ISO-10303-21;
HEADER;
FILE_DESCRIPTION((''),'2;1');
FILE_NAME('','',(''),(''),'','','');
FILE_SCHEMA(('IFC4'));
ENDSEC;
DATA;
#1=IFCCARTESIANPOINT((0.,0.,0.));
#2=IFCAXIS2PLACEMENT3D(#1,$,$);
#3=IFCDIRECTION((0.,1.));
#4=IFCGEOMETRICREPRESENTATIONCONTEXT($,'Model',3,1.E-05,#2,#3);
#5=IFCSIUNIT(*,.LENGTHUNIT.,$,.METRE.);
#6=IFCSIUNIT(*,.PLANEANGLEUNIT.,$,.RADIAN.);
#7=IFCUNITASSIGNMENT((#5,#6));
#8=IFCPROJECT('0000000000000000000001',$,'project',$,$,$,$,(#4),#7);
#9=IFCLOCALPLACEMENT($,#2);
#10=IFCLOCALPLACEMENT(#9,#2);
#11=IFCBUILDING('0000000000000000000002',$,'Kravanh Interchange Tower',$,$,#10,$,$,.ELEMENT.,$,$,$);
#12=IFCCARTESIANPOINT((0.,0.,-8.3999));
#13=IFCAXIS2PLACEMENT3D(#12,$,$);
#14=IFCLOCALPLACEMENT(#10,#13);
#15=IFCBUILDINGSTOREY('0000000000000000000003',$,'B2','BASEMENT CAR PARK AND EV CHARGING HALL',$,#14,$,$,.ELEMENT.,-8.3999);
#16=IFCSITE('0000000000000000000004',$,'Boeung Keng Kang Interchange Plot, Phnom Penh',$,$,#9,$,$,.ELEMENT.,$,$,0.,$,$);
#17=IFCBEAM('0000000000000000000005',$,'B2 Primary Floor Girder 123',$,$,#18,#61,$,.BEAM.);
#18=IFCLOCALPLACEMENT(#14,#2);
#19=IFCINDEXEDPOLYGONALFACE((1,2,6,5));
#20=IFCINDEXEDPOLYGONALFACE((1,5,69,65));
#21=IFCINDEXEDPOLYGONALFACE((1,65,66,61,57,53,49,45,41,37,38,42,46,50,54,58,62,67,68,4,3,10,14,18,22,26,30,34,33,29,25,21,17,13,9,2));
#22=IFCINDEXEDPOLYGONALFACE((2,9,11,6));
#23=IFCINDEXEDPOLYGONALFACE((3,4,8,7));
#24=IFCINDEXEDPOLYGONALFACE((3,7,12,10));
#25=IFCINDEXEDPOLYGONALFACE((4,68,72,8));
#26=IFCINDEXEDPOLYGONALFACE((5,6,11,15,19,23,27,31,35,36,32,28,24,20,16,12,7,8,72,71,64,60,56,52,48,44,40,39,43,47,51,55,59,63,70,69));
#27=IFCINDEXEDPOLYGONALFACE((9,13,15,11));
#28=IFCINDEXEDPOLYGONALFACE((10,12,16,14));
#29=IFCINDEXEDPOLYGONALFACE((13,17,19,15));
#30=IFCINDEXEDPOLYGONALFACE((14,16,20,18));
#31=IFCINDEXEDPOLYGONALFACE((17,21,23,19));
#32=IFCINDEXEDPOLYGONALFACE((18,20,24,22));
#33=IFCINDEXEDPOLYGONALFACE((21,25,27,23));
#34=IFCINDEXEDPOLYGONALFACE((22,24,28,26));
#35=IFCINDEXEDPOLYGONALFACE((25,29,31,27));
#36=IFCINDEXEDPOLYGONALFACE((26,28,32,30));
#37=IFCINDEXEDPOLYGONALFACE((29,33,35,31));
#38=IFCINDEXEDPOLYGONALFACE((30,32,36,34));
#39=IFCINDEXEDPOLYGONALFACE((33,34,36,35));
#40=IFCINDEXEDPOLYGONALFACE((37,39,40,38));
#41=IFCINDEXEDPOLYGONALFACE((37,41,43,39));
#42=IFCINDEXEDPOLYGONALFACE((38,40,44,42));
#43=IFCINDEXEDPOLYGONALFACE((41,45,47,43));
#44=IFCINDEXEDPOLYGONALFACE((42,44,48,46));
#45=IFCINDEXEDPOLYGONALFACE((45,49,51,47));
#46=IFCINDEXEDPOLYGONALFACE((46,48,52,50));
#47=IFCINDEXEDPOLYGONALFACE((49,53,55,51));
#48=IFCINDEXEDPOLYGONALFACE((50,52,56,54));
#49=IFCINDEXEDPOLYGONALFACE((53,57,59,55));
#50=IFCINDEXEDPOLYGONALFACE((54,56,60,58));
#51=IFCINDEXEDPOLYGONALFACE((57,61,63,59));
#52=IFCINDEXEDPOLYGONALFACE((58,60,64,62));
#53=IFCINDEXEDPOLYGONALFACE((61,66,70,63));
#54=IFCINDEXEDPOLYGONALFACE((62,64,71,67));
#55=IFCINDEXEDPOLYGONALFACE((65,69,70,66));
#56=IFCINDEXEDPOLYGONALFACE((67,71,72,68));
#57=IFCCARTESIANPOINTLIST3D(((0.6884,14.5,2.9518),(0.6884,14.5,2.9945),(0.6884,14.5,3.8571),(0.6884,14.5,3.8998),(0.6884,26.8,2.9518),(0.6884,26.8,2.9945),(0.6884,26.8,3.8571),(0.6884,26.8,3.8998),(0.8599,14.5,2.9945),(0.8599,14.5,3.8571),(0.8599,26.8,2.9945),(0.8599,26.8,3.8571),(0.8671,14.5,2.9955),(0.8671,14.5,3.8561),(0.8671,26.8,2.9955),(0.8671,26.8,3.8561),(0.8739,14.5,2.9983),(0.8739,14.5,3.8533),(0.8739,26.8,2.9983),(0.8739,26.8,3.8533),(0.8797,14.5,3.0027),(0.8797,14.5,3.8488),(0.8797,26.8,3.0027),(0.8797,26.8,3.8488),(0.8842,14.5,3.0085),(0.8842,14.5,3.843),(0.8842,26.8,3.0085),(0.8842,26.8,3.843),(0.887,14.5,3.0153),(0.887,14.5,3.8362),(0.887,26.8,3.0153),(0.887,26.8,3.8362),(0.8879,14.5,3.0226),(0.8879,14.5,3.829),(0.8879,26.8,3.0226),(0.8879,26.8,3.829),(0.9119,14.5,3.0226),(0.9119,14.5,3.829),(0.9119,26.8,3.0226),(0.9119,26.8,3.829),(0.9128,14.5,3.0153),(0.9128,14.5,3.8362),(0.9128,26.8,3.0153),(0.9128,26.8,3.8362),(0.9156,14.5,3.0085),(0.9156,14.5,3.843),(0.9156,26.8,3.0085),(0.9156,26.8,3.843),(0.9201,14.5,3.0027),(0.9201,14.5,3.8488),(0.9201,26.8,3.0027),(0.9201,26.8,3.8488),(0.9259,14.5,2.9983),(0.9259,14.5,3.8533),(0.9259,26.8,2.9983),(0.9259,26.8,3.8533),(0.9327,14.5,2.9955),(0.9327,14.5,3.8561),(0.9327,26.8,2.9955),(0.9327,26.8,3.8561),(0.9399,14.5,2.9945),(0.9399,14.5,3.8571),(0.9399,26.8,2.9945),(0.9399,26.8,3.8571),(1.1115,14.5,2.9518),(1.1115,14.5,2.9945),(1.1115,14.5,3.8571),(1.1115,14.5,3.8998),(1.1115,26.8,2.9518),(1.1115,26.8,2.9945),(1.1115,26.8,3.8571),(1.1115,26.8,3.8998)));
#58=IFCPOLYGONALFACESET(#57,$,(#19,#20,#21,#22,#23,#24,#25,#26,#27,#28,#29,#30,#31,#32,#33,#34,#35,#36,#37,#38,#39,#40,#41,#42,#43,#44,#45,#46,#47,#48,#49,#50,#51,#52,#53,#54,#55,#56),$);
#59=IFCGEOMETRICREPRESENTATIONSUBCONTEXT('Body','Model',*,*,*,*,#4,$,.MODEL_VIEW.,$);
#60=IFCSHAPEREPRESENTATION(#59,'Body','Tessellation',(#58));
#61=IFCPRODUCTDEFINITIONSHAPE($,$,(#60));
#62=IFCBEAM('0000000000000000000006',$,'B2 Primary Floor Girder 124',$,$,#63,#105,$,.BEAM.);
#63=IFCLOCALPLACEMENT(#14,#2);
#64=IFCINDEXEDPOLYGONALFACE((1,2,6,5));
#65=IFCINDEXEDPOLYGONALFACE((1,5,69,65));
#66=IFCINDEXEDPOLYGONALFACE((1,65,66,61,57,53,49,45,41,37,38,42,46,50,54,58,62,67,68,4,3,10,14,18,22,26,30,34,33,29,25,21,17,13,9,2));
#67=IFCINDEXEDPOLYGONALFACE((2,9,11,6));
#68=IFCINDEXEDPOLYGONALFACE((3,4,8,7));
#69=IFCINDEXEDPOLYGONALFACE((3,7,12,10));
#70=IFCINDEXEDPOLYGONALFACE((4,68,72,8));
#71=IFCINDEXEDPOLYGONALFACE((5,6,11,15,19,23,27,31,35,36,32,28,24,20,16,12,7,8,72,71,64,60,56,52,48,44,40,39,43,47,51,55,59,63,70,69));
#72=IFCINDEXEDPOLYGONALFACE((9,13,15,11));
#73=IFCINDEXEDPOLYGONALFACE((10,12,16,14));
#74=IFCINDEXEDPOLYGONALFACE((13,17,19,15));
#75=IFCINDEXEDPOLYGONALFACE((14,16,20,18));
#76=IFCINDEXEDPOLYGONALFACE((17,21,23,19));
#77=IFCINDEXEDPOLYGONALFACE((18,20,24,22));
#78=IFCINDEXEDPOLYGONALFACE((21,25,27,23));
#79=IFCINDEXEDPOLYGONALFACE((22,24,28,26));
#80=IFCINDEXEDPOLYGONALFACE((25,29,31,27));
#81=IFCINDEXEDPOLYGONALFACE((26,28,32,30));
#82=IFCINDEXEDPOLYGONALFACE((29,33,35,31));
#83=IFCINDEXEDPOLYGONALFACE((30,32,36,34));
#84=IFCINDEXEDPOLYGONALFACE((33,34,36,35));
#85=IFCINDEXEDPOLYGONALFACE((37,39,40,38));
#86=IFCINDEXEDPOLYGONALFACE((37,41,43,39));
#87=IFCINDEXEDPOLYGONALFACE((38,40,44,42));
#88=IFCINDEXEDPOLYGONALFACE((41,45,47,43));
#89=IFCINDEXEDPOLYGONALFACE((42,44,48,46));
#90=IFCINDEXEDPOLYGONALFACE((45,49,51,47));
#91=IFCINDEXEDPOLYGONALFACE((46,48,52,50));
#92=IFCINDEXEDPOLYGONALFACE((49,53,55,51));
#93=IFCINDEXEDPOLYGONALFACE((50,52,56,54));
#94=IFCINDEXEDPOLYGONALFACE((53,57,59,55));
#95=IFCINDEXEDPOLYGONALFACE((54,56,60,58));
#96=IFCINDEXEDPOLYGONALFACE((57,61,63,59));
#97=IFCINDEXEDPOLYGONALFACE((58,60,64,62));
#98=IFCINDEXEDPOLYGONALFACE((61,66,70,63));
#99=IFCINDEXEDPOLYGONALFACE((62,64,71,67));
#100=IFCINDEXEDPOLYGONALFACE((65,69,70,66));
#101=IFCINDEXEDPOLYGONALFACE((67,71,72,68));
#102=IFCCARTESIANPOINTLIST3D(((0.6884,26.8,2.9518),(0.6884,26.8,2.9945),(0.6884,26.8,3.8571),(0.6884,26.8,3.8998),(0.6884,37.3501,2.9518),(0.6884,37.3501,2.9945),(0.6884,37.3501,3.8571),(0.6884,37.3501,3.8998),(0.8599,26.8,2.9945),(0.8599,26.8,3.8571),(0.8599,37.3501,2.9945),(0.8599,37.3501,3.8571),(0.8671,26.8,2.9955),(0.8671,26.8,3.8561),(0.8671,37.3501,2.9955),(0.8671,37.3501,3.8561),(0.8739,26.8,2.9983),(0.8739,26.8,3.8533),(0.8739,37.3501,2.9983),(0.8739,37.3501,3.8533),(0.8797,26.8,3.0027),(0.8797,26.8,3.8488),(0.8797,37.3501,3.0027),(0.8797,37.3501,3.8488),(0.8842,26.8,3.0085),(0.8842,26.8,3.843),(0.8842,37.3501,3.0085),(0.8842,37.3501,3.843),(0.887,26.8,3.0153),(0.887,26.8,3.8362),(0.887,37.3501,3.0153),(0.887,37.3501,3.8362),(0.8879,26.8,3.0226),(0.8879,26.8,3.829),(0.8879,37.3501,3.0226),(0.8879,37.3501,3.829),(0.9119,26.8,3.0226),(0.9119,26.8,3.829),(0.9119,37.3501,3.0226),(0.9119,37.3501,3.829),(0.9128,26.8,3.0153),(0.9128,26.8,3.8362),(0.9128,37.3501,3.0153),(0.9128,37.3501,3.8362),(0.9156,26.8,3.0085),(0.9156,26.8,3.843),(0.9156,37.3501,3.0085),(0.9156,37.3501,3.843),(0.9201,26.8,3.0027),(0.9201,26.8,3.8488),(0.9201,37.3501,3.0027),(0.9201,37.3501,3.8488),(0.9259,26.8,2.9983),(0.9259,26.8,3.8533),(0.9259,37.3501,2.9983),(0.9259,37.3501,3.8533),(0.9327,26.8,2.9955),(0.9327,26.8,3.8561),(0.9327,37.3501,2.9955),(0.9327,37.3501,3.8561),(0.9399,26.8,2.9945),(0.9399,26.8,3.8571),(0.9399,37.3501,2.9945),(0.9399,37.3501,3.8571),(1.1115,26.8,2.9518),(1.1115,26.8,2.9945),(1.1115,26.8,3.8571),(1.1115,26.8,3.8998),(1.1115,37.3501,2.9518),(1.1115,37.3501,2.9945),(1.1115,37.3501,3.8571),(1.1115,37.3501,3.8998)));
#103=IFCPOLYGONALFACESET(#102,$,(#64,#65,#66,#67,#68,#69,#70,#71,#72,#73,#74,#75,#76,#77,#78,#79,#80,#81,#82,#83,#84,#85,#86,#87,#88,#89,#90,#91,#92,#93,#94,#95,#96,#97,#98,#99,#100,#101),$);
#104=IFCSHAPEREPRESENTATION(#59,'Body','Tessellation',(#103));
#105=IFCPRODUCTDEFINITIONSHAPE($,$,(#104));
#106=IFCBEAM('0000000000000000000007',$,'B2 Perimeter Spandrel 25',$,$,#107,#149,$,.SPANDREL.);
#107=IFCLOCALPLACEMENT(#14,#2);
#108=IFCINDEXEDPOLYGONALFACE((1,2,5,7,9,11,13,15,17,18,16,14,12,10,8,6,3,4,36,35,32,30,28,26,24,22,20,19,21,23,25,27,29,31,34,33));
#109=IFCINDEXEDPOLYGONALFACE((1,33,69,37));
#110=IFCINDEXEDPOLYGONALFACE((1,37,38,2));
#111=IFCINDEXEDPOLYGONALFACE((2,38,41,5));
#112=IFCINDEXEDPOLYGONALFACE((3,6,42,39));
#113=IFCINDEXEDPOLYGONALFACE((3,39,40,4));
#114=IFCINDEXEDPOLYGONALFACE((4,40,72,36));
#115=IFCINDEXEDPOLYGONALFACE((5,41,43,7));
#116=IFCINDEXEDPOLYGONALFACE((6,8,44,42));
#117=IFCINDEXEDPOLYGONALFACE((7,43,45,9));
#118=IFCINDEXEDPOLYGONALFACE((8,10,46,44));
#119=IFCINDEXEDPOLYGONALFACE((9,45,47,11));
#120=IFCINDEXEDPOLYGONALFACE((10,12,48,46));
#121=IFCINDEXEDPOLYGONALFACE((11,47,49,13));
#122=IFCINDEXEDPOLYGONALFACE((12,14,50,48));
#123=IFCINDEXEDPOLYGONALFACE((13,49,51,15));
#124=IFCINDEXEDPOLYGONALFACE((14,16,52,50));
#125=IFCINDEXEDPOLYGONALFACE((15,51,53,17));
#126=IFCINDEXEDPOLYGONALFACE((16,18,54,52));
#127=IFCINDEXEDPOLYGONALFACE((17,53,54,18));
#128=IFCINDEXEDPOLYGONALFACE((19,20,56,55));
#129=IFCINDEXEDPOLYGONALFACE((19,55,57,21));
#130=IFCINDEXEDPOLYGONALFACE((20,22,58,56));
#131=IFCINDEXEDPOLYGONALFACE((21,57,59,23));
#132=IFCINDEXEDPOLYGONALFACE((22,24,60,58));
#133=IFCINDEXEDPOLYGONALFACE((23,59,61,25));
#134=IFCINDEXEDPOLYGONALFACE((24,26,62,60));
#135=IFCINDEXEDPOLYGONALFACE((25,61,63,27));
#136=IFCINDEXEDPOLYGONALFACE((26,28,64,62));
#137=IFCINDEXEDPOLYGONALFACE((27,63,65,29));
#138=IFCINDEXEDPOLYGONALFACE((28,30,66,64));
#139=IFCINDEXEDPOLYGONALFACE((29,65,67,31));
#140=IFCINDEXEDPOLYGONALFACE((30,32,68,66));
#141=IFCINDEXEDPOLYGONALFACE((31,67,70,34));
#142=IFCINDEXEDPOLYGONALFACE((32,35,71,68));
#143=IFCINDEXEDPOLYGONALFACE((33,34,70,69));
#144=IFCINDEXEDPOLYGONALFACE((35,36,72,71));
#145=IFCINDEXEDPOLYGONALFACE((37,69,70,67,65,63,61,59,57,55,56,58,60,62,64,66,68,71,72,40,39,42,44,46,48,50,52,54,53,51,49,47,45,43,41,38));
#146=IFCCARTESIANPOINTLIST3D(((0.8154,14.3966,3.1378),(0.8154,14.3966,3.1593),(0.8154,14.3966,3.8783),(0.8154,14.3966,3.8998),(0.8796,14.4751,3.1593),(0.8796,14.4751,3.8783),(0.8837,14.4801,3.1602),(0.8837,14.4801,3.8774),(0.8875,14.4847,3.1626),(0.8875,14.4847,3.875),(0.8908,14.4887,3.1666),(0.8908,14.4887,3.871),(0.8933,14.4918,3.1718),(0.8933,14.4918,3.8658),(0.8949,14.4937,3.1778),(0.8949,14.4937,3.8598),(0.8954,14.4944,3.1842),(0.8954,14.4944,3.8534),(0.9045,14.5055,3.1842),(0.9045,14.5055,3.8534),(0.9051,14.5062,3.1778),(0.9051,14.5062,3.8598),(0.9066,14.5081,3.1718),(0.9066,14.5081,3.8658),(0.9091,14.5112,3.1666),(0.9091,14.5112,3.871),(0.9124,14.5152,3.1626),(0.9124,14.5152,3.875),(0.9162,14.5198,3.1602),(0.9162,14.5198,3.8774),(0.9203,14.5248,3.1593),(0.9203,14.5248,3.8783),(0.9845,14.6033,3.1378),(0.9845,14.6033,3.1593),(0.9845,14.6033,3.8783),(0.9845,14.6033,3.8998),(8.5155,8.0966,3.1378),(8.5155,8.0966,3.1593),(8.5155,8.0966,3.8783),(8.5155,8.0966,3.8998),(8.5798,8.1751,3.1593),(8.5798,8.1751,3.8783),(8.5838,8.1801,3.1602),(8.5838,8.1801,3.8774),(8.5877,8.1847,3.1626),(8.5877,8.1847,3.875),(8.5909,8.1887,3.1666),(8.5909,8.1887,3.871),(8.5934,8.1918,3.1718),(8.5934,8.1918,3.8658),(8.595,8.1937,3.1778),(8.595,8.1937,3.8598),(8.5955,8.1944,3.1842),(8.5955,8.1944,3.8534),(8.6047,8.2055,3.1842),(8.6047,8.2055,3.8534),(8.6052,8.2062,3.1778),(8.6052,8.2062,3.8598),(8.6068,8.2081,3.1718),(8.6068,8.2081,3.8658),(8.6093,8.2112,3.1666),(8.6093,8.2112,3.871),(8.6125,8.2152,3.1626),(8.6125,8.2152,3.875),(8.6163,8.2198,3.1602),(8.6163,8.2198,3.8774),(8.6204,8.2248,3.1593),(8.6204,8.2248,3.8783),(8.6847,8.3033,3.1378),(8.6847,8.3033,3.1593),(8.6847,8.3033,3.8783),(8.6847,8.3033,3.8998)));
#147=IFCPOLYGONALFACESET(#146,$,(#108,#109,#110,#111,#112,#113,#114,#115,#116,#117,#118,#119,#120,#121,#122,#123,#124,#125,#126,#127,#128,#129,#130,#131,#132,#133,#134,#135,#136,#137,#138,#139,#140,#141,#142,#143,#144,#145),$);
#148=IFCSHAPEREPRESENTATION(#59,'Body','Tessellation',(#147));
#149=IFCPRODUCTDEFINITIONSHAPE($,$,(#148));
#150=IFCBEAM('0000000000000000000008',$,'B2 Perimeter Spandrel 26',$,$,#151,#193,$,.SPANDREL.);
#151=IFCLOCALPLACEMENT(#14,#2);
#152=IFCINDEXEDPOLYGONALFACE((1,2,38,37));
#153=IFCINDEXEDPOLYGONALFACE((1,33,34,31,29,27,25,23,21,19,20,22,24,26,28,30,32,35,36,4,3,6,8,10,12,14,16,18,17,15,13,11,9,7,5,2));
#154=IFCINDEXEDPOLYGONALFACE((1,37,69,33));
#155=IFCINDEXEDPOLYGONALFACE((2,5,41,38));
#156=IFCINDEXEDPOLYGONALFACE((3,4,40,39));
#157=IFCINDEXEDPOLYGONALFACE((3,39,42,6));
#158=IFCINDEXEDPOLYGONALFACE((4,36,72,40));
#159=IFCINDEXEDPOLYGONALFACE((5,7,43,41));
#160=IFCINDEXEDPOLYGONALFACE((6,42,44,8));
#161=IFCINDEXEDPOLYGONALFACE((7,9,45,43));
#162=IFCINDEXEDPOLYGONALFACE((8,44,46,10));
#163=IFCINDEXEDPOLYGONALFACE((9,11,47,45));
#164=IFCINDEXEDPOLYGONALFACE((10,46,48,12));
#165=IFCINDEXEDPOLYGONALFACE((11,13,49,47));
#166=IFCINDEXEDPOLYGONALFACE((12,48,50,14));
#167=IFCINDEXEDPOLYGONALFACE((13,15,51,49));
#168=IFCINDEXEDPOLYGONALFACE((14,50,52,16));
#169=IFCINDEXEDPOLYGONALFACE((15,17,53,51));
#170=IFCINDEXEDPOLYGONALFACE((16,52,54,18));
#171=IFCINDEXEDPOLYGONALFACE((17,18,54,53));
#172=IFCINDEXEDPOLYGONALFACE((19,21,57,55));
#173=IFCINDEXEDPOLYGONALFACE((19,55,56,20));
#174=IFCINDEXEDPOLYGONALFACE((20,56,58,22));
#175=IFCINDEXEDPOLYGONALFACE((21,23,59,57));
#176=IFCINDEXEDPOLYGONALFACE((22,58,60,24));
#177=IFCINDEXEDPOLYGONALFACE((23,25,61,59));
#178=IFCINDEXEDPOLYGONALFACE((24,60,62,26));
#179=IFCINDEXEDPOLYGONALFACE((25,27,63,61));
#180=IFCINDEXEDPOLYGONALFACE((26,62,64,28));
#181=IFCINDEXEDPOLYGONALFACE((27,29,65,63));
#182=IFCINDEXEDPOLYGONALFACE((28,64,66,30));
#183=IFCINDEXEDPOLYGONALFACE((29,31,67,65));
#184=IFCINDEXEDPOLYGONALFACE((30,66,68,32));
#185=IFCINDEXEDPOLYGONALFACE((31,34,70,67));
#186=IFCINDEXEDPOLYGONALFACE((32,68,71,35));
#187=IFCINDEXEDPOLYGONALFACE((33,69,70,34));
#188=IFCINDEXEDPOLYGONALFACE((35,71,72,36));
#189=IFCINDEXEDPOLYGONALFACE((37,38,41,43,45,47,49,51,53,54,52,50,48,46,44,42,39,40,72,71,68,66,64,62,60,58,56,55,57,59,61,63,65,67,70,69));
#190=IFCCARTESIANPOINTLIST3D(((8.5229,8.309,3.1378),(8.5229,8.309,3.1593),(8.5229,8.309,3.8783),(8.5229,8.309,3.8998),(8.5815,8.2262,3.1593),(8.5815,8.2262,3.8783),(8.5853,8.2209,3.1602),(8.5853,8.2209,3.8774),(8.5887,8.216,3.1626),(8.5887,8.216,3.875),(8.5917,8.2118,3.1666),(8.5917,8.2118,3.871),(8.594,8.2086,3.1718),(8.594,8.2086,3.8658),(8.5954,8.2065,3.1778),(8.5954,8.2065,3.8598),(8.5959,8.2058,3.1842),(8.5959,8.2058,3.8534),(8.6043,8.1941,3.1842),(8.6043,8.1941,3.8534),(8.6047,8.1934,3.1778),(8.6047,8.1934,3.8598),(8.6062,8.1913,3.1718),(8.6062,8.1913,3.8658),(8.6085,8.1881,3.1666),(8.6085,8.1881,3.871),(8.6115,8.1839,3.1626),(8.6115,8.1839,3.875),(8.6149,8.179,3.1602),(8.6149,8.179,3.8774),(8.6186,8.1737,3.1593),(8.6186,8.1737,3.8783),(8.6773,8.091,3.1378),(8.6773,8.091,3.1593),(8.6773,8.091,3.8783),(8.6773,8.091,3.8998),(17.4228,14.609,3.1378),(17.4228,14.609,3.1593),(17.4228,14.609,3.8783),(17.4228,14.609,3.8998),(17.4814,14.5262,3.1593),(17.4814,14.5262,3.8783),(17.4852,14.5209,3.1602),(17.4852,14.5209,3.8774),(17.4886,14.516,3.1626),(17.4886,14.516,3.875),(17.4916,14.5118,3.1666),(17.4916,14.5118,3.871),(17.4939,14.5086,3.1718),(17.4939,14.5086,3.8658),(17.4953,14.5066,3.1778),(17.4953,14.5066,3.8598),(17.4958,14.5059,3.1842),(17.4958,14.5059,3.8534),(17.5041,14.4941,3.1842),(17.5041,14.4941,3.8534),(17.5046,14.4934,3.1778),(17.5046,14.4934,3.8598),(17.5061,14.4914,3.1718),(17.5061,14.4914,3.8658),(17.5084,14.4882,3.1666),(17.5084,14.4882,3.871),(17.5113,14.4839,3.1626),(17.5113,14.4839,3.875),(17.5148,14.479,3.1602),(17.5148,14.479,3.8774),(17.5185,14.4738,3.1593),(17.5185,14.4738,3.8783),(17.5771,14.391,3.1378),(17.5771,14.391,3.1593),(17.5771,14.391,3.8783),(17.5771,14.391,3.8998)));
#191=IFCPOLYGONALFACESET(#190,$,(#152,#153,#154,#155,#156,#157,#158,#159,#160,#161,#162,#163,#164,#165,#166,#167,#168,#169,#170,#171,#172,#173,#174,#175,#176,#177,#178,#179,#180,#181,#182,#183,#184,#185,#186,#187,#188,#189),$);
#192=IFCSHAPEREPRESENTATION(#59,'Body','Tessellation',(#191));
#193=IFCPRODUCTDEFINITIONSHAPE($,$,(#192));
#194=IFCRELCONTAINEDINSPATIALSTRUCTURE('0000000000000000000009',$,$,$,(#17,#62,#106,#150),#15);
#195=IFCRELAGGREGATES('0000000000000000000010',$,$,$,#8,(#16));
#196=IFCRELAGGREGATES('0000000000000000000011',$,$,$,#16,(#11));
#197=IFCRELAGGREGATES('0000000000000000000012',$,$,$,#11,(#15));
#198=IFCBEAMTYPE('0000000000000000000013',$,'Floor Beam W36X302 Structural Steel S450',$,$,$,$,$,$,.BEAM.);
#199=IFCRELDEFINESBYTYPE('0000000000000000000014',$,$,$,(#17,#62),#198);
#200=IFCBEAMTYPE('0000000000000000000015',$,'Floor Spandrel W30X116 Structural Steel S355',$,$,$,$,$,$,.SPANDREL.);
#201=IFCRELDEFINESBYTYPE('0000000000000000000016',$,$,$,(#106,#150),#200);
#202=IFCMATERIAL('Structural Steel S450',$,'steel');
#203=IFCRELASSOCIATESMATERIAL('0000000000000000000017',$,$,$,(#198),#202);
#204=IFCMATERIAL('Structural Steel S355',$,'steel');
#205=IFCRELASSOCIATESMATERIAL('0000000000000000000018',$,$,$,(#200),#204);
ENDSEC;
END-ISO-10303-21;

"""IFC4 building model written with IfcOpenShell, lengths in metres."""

from ifc_helpers import new_model, si_unit, direction, frame, origin, origin_2d, place, context, subcontext, project, spatial, i_section, extrude, material, material_profile, profile_set, type_object, element, save


model = new_model("IFC4")

# Units and contexts
model_context = context("Model", 3, precision=1e-05, world=origin(), true_north=direction((0.0, 1.0)))
body_context = subcontext(model_context, "Body", "Model", "MODEL_VIEW")
ifc_project = project(units=[si_unit("LENGTHUNIT", "METRE"), si_unit("PLANEANGLEUNIT", "RADIAN")], contexts=[model_context])

# Site, building, storey
site_placement = place(None, origin())
site = spatial("IfcSite", under=ifc_project, at=site_placement, Name="Boeung Keng Kang Interchange Plot, Phnom Penh", CompositionType="ELEMENT", RefElevation=0.0)
building_placement = place(site_placement, origin())
building = spatial("IfcBuilding", under=site, at=building_placement, Name="Kravanh Interchange Tower", CompositionType="ELEMENT")
storey_placement = place(building_placement, frame((0.0, 0.0, -8.3999)))
storey = spatial("IfcBuildingStorey", under=building, at=storey_placement, Name="B2", Description="BASEMENT CAR PARK AND EV CHARGING HALL", CompositionType="ELEMENT", Elevation=-8.3999)

# Beams
ifc_material_1 = material(Name="Structural Steel S450", Category="steel")
ifc_material_profile_1 = material_profile(ifc_material_1, i_section(OverallWidth=0.4231, OverallDepth=0.948, WebThickness=0.0239, FlangeThickness=0.0427, FilletRadius=0.0281, at=origin_2d()), Name="W36X302")
ifc_profile_set_1 = profile_set([ifc_material_profile_1], Name="Structural Steel S450")
beam_type_1 = type_object("IfcBeamType", Name="Floor Beam W36X302 Structural Steel S450", PredefinedType="BEAM", material=ifc_profile_set_1)
beam_1_placement = place(storey_placement, frame((0.8999, 14.5, 3.4258), z_axis=(0.0, 1.0, 0.0), x_axis=(-1.0, 0.0, 0.0)))
element("IfcBeam", 1, at=beam_1_placement, inside=storey, type_object=beam_type_1, Name="B2 Primary Floor Girder 123", PredefinedType="BEAM", context=body_context, shape_type="SweptSolid", body=[
    extrude(i_section(OverallWidth=0.4231, OverallDepth=0.948, WebThickness=0.0239, FlangeThickness=0.0427, FilletRadius=0.0281, at=origin_2d()), origin(), (0.0, 0.0, 1.0), 12.3),
])
beam_2_placement = place(storey_placement, frame((0.8999, 26.8, 3.4258), z_axis=(0.0, 1.0, 0.0), x_axis=(-1.0, 0.0, 0.0)))
element("IfcBeam", 2, at=beam_2_placement, inside=storey, type_object=beam_type_1, Name="B2 Primary Floor Girder 124", PredefinedType="BEAM", context=body_context, shape_type="SweptSolid", body=[
    extrude(i_section(OverallWidth=0.4231, OverallDepth=0.948, WebThickness=0.0239, FlangeThickness=0.0427, FilletRadius=0.0281, at=origin_2d()), origin(), (0.0, 0.0, 1.0), 10.55),
])
ifc_material_2 = material(Name="Structural Steel S355", Category="steel")
ifc_material_profile_2 = material_profile(ifc_material_2, i_section(OverallWidth=0.2671, OverallDepth=0.762, WebThickness=0.0144, FlangeThickness=0.0215, FilletRadius=0.0249, at=origin_2d()), Name="W30X116")
ifc_profile_set_2 = profile_set([ifc_material_profile_2], Name="Structural Steel S355")
beam_type_2 = type_object("IfcBeamType", Name="Floor Spandrel W30X116 Structural Steel S355", PredefinedType="SPANDREL", material=ifc_profile_set_2)
beam_3_placement = place(storey_placement, frame((8.6001, 8.2, 3.5188), z_axis=(-0.773963, 0.633231, 0.0), x_axis=(-0.633231, -0.773963, 0.0)))
element("IfcBeam", 3, at=beam_3_placement, inside=storey, type_object=beam_type_2, Name="B2 Perimeter Spandrel 25", PredefinedType="SPANDREL", context=body_context, shape_type="SweptSolid", body=[
    extrude(i_section(OverallWidth=0.2671, OverallDepth=0.762, WebThickness=0.0144, FlangeThickness=0.0215, FilletRadius=0.0249, at=origin_2d()), origin(), (0.0, 0.0, 1.0), 9.949),
])
beam_4_placement = place(storey_placement, frame((8.6001, 8.2, 3.5188), z_axis=(0.8162, 0.57777, 0.0), x_axis=(-0.57777, 0.8162, 0.0)))
element("IfcBeam", 4, at=beam_4_placement, inside=storey, type_object=beam_type_2, Name="B2 Perimeter Spandrel 26", PredefinedType="SPANDREL", context=body_context, shape_type="SweptSolid", body=[
    extrude(i_section(OverallWidth=0.2671, OverallDepth=0.762, WebThickness=0.0144, FlangeThickness=0.0215, FilletRadius=0.0249, at=origin_2d()), origin(), (0.0, 0.0, 1.0), 10.9041),
])

save(model, "model.ifc")
